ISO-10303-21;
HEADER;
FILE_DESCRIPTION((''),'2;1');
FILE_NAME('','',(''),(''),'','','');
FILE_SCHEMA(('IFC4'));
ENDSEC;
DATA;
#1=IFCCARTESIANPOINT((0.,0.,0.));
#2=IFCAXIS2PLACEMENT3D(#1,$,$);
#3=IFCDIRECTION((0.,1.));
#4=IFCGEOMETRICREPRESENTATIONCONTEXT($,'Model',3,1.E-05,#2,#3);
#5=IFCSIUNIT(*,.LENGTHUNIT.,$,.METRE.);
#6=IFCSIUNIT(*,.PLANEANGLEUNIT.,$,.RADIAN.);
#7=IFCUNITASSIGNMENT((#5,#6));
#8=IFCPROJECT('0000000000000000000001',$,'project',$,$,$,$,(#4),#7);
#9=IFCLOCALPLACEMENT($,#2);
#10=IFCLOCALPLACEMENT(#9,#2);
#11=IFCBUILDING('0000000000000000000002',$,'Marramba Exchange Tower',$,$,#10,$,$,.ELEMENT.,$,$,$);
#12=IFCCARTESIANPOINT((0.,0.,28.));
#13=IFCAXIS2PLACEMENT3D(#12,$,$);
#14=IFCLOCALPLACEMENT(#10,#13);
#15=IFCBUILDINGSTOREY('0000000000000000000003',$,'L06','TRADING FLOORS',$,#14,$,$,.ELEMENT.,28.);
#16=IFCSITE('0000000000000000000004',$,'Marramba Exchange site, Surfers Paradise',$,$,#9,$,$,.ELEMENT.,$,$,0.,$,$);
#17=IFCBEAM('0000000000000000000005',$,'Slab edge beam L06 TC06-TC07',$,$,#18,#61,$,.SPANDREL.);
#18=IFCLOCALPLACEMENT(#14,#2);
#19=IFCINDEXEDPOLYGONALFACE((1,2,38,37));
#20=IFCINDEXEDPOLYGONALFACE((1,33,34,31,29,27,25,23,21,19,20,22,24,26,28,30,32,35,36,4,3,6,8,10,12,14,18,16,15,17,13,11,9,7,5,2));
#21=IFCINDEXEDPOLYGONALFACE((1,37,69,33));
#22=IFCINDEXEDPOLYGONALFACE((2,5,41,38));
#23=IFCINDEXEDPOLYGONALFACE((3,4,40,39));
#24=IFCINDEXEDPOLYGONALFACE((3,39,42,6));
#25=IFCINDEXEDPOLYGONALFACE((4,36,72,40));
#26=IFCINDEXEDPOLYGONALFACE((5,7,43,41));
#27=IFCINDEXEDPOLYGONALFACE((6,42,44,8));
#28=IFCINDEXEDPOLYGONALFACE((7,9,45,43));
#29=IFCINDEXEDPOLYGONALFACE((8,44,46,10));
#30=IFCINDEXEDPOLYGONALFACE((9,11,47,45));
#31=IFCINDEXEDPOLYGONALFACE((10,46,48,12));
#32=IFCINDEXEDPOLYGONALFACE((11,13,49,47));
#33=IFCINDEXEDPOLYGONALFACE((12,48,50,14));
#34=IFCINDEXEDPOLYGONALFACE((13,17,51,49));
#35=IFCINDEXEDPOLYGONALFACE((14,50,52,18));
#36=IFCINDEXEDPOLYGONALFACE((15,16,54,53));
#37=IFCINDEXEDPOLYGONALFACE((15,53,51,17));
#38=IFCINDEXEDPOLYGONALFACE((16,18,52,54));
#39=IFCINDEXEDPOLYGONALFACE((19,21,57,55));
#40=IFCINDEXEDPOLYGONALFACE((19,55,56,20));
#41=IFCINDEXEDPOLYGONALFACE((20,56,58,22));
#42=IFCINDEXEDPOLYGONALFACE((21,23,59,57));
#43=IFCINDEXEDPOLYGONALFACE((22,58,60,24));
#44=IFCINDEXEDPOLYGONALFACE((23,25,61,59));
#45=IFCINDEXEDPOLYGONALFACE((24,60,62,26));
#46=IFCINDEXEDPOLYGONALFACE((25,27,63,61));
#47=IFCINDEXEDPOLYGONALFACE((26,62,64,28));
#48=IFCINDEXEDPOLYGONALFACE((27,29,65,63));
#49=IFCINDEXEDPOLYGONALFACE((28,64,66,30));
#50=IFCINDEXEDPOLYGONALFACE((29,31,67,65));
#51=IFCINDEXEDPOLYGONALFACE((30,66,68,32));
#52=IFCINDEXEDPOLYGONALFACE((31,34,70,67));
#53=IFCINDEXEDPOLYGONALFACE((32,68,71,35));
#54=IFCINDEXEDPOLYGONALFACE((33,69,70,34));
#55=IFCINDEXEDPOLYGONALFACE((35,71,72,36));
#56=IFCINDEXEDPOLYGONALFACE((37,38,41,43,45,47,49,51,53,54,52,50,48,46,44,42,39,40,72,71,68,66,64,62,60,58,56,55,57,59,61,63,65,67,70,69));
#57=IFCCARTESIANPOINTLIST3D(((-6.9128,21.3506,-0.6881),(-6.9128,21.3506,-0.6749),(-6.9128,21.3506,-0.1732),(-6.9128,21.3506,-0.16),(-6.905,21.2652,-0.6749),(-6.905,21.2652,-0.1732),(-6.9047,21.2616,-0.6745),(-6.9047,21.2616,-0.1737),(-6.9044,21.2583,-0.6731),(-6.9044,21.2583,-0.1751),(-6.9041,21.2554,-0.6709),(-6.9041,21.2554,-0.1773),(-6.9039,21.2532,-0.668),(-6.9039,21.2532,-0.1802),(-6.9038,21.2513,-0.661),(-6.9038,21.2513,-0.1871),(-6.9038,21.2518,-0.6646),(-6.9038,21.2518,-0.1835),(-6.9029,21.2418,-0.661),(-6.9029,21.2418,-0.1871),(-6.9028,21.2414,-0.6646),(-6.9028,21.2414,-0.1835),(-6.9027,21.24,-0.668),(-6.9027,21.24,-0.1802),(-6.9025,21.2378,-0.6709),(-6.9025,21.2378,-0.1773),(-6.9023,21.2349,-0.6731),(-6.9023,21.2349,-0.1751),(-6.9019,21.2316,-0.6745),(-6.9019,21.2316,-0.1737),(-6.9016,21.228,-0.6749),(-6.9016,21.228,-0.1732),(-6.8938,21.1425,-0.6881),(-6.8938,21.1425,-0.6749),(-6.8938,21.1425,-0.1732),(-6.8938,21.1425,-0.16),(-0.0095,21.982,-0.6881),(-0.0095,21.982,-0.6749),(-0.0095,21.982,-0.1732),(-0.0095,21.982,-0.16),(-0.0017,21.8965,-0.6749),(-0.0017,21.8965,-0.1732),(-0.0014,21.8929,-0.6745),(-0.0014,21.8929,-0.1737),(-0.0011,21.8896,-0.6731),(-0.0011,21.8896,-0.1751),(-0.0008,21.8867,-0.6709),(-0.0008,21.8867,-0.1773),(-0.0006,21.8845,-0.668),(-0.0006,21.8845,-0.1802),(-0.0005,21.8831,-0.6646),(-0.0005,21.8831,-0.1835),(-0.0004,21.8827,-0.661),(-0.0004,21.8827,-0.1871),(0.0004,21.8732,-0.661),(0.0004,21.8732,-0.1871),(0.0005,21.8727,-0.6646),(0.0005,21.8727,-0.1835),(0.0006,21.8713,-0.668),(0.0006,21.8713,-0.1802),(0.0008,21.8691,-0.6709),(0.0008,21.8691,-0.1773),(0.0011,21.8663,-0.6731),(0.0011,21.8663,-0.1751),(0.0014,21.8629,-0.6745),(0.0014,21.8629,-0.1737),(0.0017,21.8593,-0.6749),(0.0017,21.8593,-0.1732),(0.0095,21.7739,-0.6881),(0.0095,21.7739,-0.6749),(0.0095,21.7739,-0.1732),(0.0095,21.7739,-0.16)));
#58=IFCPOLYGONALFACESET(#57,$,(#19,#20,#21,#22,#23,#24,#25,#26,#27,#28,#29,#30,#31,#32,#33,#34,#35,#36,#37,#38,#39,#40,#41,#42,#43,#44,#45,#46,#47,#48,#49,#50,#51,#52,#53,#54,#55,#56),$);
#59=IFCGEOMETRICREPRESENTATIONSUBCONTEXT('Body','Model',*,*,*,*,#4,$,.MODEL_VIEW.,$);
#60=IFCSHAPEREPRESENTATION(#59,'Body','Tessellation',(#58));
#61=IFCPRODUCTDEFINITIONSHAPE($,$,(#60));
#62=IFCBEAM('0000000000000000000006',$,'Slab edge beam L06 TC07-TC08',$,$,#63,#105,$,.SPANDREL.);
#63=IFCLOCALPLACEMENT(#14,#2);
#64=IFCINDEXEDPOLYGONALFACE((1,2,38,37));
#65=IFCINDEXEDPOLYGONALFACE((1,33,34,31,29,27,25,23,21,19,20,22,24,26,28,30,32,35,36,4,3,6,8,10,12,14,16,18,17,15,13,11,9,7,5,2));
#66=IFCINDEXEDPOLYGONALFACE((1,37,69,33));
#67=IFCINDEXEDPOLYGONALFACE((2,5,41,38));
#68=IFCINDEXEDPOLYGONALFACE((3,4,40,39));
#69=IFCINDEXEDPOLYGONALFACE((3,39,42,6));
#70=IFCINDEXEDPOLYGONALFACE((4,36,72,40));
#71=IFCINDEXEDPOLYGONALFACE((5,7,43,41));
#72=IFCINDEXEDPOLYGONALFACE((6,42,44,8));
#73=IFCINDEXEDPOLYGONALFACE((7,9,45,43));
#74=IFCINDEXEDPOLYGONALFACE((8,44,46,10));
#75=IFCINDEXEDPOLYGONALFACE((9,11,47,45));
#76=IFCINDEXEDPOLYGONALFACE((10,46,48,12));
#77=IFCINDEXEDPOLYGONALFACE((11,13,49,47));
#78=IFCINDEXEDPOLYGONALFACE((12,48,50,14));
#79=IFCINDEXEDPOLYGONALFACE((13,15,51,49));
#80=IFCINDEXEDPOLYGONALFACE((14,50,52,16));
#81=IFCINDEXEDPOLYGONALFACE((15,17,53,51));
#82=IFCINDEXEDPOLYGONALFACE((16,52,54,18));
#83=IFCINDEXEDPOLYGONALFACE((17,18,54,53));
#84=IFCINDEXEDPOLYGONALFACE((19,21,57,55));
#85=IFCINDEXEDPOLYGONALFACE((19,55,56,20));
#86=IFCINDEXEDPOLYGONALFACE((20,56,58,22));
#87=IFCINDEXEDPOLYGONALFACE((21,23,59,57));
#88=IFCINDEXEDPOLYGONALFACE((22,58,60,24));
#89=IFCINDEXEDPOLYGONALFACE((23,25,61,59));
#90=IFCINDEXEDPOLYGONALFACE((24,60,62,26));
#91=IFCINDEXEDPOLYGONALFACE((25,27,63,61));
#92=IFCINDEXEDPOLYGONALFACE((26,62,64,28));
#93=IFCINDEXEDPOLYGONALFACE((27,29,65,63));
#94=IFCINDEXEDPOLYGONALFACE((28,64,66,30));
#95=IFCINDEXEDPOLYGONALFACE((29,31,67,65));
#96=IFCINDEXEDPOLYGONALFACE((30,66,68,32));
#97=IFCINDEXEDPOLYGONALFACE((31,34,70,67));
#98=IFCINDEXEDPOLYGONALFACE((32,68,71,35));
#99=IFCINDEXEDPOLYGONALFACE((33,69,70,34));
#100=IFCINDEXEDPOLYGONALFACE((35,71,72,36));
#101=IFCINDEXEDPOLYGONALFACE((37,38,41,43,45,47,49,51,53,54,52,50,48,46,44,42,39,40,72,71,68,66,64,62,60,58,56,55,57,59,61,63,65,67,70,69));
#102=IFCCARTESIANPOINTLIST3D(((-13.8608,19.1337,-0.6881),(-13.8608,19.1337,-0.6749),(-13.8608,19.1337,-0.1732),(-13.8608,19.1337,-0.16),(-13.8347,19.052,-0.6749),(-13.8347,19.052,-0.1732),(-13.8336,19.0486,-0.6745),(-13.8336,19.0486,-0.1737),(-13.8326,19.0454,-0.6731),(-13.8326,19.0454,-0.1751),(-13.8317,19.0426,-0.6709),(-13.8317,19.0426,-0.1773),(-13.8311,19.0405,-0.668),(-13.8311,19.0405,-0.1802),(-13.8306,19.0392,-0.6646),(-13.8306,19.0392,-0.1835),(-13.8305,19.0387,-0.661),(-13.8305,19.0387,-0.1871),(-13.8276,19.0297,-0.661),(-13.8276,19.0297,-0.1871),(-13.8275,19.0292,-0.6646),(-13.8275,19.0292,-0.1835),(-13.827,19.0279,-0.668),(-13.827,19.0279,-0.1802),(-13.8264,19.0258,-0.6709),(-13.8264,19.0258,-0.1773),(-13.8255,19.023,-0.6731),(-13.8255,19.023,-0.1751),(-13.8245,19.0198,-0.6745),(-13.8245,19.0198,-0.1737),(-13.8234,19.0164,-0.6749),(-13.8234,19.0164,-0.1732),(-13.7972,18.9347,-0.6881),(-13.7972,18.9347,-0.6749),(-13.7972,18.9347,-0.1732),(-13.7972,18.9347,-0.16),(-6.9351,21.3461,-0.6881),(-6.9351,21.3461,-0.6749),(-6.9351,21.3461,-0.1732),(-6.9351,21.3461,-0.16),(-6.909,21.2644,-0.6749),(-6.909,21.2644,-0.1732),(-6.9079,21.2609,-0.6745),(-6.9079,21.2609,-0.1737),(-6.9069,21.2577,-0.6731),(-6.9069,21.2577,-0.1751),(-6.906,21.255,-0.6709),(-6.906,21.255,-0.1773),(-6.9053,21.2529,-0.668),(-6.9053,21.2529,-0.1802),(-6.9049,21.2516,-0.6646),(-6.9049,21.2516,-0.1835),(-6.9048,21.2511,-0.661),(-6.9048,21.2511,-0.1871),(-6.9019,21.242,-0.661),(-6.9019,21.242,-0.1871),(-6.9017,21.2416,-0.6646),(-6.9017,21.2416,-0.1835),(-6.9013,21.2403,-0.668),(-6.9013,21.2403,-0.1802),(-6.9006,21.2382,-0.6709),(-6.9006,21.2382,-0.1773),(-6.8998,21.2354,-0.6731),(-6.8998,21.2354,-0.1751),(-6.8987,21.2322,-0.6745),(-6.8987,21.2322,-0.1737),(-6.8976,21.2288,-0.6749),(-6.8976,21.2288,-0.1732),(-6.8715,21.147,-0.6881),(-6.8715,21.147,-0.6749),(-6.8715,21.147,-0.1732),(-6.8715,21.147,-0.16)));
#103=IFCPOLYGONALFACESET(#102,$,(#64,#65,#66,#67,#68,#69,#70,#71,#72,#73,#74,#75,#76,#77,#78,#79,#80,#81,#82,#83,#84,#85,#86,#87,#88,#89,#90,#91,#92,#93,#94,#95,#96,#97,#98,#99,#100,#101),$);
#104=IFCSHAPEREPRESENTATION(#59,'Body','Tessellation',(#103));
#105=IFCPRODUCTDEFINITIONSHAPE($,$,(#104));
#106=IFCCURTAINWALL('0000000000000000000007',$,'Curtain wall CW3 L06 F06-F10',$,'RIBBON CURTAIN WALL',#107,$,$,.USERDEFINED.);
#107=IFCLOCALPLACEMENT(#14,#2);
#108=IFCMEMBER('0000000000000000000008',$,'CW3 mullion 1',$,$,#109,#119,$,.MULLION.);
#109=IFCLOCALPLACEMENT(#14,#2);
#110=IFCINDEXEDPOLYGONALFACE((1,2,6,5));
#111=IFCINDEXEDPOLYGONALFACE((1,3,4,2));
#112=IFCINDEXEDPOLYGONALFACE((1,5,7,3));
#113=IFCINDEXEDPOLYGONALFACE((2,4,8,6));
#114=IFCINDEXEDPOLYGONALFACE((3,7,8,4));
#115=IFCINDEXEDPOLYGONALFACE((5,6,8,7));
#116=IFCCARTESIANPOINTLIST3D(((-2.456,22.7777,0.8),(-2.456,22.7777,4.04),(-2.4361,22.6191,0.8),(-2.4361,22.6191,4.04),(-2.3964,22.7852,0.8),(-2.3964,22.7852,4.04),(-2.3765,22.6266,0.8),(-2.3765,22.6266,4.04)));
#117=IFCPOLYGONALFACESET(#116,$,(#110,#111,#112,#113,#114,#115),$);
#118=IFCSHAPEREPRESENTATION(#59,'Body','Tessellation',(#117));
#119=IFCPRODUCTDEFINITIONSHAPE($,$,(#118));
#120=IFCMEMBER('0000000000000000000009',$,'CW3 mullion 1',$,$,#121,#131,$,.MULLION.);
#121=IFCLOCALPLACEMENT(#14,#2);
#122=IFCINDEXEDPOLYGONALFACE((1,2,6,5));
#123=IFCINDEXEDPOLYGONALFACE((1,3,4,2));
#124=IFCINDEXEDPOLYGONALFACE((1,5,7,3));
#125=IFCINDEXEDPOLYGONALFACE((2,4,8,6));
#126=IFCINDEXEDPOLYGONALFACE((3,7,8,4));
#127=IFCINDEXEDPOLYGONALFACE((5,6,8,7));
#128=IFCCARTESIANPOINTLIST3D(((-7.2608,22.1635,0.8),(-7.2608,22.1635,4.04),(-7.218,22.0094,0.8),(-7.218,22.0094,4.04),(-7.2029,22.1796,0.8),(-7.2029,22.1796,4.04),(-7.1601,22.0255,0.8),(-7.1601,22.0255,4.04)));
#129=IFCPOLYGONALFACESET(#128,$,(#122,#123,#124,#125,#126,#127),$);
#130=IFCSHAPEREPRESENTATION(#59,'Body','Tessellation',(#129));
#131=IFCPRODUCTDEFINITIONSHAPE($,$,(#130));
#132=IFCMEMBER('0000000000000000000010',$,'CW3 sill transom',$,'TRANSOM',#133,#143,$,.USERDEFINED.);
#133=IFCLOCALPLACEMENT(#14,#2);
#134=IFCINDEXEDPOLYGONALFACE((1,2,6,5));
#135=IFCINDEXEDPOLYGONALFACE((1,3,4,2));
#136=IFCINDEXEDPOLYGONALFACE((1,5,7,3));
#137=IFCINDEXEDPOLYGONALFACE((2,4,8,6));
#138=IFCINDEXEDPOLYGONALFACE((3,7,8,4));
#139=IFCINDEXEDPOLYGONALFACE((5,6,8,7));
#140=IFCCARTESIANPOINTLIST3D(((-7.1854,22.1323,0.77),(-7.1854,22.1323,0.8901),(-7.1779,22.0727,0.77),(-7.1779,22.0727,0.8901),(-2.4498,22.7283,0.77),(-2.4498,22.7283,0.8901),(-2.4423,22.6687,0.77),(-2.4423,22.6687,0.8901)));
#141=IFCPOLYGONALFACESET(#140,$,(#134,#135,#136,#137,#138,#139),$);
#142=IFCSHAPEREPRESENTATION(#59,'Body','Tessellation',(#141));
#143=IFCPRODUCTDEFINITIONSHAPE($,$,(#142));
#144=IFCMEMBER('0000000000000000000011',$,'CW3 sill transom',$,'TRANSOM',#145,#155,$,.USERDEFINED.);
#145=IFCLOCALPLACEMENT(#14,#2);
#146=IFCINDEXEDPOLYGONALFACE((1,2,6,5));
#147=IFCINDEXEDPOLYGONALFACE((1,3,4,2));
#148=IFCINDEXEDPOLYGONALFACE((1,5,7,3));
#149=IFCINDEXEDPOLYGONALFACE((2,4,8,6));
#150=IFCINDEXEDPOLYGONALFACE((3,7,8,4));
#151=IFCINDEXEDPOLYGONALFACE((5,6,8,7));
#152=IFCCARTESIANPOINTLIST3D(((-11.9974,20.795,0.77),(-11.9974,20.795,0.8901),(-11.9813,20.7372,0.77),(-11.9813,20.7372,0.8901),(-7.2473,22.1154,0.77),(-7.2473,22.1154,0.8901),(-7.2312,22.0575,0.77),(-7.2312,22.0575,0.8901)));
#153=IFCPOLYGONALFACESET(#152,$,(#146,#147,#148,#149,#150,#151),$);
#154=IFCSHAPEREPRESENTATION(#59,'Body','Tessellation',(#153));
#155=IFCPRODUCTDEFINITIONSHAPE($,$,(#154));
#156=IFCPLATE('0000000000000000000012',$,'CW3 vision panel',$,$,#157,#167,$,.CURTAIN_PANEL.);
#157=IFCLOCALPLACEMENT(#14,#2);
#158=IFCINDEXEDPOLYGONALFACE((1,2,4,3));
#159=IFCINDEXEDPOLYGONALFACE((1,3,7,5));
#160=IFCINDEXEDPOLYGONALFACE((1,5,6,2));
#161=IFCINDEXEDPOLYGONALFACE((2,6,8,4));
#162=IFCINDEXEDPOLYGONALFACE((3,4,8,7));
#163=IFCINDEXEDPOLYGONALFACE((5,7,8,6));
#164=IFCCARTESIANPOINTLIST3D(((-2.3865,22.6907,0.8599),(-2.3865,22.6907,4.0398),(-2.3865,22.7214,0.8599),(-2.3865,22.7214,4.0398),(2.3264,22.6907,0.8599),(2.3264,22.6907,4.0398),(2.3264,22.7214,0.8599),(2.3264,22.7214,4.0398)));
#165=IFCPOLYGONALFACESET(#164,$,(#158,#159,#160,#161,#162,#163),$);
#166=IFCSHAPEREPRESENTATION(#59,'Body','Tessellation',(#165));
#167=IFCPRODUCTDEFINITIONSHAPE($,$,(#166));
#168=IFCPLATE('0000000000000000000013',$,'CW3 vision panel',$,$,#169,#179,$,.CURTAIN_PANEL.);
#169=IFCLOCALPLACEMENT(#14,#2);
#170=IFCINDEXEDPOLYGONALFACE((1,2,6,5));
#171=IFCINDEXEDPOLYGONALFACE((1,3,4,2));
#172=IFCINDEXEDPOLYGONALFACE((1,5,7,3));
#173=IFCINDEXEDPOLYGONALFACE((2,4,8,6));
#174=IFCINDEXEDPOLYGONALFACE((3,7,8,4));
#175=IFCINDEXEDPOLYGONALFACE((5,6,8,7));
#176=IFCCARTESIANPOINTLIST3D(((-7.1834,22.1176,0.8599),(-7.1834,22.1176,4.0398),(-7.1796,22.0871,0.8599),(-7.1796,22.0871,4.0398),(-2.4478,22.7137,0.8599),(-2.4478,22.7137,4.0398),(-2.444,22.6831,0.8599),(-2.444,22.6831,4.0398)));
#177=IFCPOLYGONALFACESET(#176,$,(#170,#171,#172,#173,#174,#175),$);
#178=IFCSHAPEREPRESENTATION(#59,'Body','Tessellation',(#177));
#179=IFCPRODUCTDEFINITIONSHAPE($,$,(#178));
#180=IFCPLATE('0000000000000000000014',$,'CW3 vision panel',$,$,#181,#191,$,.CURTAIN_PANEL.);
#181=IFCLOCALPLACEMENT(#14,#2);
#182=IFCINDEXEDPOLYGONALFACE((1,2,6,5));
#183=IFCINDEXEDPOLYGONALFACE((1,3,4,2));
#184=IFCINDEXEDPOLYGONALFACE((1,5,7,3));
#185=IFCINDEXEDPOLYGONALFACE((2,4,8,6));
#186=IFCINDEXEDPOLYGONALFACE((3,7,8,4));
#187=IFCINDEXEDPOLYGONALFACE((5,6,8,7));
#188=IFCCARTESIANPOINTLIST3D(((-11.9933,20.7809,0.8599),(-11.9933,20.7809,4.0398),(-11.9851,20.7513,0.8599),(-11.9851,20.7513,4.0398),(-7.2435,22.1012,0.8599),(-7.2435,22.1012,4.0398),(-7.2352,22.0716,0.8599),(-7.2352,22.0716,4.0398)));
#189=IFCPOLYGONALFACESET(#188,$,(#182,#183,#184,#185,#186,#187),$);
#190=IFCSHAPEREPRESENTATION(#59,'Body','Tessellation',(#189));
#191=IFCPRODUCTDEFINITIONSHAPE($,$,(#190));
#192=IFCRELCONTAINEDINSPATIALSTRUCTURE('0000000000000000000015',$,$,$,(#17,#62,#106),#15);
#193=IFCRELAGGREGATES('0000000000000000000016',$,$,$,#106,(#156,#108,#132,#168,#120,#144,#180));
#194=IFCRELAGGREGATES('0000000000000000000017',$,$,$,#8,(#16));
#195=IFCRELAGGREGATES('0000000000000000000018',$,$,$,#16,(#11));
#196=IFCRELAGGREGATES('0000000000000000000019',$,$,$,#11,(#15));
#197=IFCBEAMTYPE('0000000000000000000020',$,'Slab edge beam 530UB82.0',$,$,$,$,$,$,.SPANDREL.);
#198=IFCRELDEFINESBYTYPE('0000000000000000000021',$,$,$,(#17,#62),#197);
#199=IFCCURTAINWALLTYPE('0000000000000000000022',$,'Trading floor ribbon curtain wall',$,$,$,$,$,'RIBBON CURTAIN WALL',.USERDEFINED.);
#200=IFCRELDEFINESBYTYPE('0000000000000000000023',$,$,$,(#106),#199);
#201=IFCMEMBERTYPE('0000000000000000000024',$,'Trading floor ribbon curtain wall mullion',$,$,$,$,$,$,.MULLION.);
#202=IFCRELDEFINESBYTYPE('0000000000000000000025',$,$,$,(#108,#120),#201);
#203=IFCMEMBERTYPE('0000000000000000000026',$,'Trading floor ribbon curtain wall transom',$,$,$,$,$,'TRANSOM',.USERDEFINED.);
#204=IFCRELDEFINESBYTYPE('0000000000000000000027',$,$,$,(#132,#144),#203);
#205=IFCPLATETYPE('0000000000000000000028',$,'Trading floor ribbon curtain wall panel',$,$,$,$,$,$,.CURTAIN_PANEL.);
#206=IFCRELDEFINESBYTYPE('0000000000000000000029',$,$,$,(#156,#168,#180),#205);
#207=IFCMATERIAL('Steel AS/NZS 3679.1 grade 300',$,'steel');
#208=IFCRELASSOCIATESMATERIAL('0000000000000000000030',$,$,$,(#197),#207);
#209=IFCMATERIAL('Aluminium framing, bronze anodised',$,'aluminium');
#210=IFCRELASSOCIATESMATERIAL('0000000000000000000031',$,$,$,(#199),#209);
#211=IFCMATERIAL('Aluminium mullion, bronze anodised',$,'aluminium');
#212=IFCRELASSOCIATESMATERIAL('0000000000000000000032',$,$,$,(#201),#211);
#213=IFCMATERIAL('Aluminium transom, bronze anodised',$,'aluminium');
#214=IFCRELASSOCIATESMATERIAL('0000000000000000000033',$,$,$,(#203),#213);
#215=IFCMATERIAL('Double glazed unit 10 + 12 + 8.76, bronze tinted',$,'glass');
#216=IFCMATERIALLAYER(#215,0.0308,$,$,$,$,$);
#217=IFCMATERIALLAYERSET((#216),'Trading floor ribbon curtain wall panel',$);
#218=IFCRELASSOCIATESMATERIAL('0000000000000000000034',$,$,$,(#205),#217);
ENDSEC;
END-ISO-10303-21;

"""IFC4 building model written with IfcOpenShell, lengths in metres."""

from ifc_helpers import new_model, si_unit, direction, frame, origin, origin_2d, place, context, subcontext, project, spatial, rectangle, i_section, extrude, material, layer, layer_set, material_profile, profile_set, type_object, element, aggregate, save


model = new_model("IFC4")

# Units and contexts
model_context = context("Model", 3, precision=1e-05, world=origin(), true_north=direction((0.0, 1.0)))
body_context = subcontext(model_context, "Body", "Model", "MODEL_VIEW")
ifc_project = project(units=[si_unit("LENGTHUNIT", "METRE"), si_unit("PLANEANGLEUNIT", "RADIAN")], contexts=[model_context])

# Site, building, storey
site_placement = place(None, origin())
site = spatial("IfcSite", under=ifc_project, at=site_placement, Name="Marramba Exchange site, Surfers Paradise", CompositionType="ELEMENT", RefElevation=0.0)
building_placement = place(site_placement, origin())
building = spatial("IfcBuilding", under=site, at=building_placement, Name="Marramba Exchange Tower", CompositionType="ELEMENT")
storey_placement = place(building_placement, frame((0.0, 0.0, 28.0)))
storey = spatial("IfcBuildingStorey", under=building, at=storey_placement, Name="L06", Description="TRADING FLOORS", CompositionType="ELEMENT", Elevation=28.0)

# Beams
ifc_material_1 = material(Name="Steel AS/NZS 3679.1 grade 300", Category="steel")
ifc_material_profile_1 = material_profile(ifc_material_1, i_section(OverallWidth=0.209, OverallDepth=0.5281, WebThickness=0.0095, FlangeThickness=0.0132, FilletRadius=0.0139, at=origin_2d()), Name="530UB82.0")
ifc_profile_set_1 = profile_set([ifc_material_profile_1], Name="Steel AS/NZS 3679.1 grade 300")
beam_type_1 = type_object("IfcBeamType", Name="Slab edge beam 530UB82.0", PredefinedType="SPANDREL", material=ifc_profile_set_1)
beam_1_placement = place(storey_placement, frame((0.0, 21.8779, -0.4241), z_axis=(-0.995844, -0.091076, 0.0), x_axis=(0.091076, -0.995844, 0.0)))
element("IfcBeam", 1, at=beam_1_placement, inside=storey, type_object=beam_type_1, Name="Slab edge beam L06 TC06-TC07", PredefinedType="SPANDREL", context=body_context, shape_type="SweptSolid", body=[
    extrude(i_section(OverallWidth=0.209, OverallDepth=0.5281, WebThickness=0.0095, FlangeThickness=0.0132, FilletRadius=0.0139, at=origin_2d()), origin(), (0.0, 0.0, 1.0), 6.9321),
])
beam_2_placement = place(storey_placement, frame((-6.9033, 21.2466, -0.4241), z_axis=(-0.952578, -0.304296, 0.0), x_axis=(0.304296, -0.952578, 0.0)))
element("IfcBeam", 2, at=beam_2_placement, inside=storey, type_object=beam_type_1, Name="Slab edge beam L06 TC07-TC08", PredefinedType="SPANDREL", context=body_context, shape_type="SweptSolid", body=[
    extrude(i_section(OverallWidth=0.209, OverallDepth=0.5281, WebThickness=0.0095, FlangeThickness=0.0132, FilletRadius=0.0139, at=origin_2d()), origin(), (0.0, 0.0, 1.0), 7.2705),
])

# Curtain wall, members, plates
ifc_material_2 = material(Name="Aluminium framing, bronze anodised", Category="aluminium")
curtain_wall_type = type_object("IfcCurtainWallType", Name="Trading floor ribbon curtain wall", ElementType="RIBBON CURTAIN WALL", PredefinedType="USERDEFINED", material=ifc_material_2)
curtain_wall_placement = place(storey_placement, origin())
curtain_wall = element("IfcCurtainWall", 3, at=curtain_wall_placement, inside=storey, type_object=curtain_wall_type, Name="Curtain wall CW3 L06 F06-F10", ObjectType="RIBBON CURTAIN WALL", PredefinedType="USERDEFINED")
ifc_material_3 = material(Name="Aluminium mullion, bronze anodised", Category="aluminium")
ifc_material_profile_2 = material_profile(ifc_material_3, rectangle(XDim=0.1599, YDim=0.0601, at=origin_2d()), Name="CW3 mullion 60x160")
ifc_profile_set_2 = profile_set([ifc_material_profile_2], Name="Aluminium mullion, bronze anodised")
member_type_1 = type_object("IfcMemberType", Name="Trading floor ribbon curtain wall mullion", PredefinedType="MULLION", material=ifc_profile_set_2)
member_1_placement = place(storey_placement, frame((-2.4163, 22.7021, 0.8), z_axis=(0.0, 0.0, 1.0), x_axis=(0.124873, -0.992173, 0.0)))
member_1 = element("IfcMember", 4, at=member_1_placement, type_object=member_type_1, Name="CW3 mullion 1", PredefinedType="MULLION", context=body_context, shape_type="SweptSolid", body=[
    extrude(rectangle(XDim=0.1599, YDim=0.0601, at=origin_2d()), origin(), (0.0, 0.0, 1.0), 3.24),
])
member_2_placement = place(storey_placement, frame((-7.2104, 22.0945, 0.8), z_axis=(0.0, 0.0, 1.0), x_axis=(0.267809, -0.963472, 0.0)))
member_2 = element("IfcMember", 5, at=member_2_placement, type_object=member_type_1, Name="CW3 mullion 1", PredefinedType="MULLION", context=body_context, shape_type="SweptSolid", body=[
    extrude(rectangle(XDim=0.1599, YDim=0.0601, at=origin_2d()), origin(), (0.0, 0.0, 1.0), 3.24),
])
ifc_material_4 = material(Name="Aluminium transom, bronze anodised", Category="aluminium")
ifc_material_profile_3 = material_profile(ifc_material_4, rectangle(XDim=0.0601, YDim=0.1201, at=origin_2d()), Name="CW3 transom 60x120")
ifc_profile_set_3 = profile_set([ifc_material_profile_3], Name="Aluminium transom, bronze anodised")
member_type_2 = type_object("IfcMemberType", Name="Trading floor ribbon curtain wall transom", ElementType="TRANSOM", PredefinedType="USERDEFINED", material=ifc_profile_set_3)
member_3_placement = place(storey_placement, frame((-2.446, 22.6985, 0.8301), z_axis=(-0.992174, -0.124859, 0.0), x_axis=(0.124859, -0.992174, 0.0)))
member_3 = element("IfcMember", 6, at=member_3_placement, type_object=member_type_2, Name="CW3 sill transom", ObjectType="TRANSOM", PredefinedType="USERDEFINED", context=body_context, shape_type="SweptSolid", body=[
    extrude(rectangle(XDim=0.0601, YDim=0.1201, at=origin_2d()), origin(), (0.0, 0.0, 1.0), 4.7729),
])
member_4_placement = place(storey_placement, frame((-7.2393, 22.0864, 0.8301), z_axis=(-0.963472, -0.267807, 0.0), x_axis=(0.267807, -0.963472, 0.0)))
member_4 = element("IfcMember", 7, at=member_4_placement, type_object=member_type_2, Name="CW3 sill transom", ObjectType="TRANSOM", PredefinedType="USERDEFINED", context=body_context, shape_type="SweptSolid", body=[
    extrude(rectangle(XDim=0.0601, YDim=0.1201, at=origin_2d()), origin(), (0.0, 0.0, 1.0), 4.9302),
])
ifc_material_5 = material(Name="Double glazed unit 10 + 12 + 8.76, bronze tinted", Category="glass")
ifc_layer_1 = layer(ifc_material_5, 0.0308)
ifc_layer_set_1 = layer_set([ifc_layer_1], Name="Trading floor ribbon curtain wall panel")
plate_type = type_object("IfcPlateType", Name="Trading floor ribbon curtain wall panel", PredefinedType="CURTAIN_PANEL", material=ifc_layer_set_1)
plate_1_placement = place(storey_placement, frame((-0.03, 22.7061, 0.8599), z_axis=(0.0, 0.0, 1.0), x_axis=(-1.0, 0.0, 0.0)))
plate_1 = element("IfcPlate", 8, at=plate_1_placement, type_object=plate_type, Name="CW3 vision panel", PredefinedType="CURTAIN_PANEL", context=body_context, shape_type="SweptSolid", body=[
    extrude(rectangle(XDim=4.7129, YDim=0.0308, at=origin_2d()), origin(), (0.0, 0.0, 1.0), 3.1799),
])
plate_2_placement = place(storey_placement, frame((-4.8137, 22.4004, 0.8599), z_axis=(0.0, 0.0, 1.0), x_axis=(-0.992173, -0.124873, 0.0)))
plate_2 = element("IfcPlate", 9, at=plate_2_placement, type_object=plate_type, Name="CW3 vision panel", PredefinedType="CURTAIN_PANEL", context=body_context, shape_type="SweptSolid", body=[
    extrude(rectangle(XDim=4.7729, YDim=0.0308, at=origin_2d()), origin(), (0.0, 0.0, 1.0), 3.1799),
])
plate_3_placement = place(storey_placement, frame((-9.6143, 21.4263, 0.8599), z_axis=(0.0, 0.0, 1.0), x_axis=(-0.963472, -0.267809, 0.0)))
plate_3 = element("IfcPlate", 10, at=plate_3_placement, type_object=plate_type, Name="CW3 vision panel", PredefinedType="CURTAIN_PANEL", context=body_context, shape_type="SweptSolid", body=[
    extrude(rectangle(XDim=4.9299, YDim=0.0308, at=origin_2d()), origin(), (0.0, 0.0, 1.0), 3.1799),
])
aggregate(curtain_wall, [plate_1, member_1, member_3, plate_2, member_2, member_4, plate_3])

save(model, "model.ifc")
